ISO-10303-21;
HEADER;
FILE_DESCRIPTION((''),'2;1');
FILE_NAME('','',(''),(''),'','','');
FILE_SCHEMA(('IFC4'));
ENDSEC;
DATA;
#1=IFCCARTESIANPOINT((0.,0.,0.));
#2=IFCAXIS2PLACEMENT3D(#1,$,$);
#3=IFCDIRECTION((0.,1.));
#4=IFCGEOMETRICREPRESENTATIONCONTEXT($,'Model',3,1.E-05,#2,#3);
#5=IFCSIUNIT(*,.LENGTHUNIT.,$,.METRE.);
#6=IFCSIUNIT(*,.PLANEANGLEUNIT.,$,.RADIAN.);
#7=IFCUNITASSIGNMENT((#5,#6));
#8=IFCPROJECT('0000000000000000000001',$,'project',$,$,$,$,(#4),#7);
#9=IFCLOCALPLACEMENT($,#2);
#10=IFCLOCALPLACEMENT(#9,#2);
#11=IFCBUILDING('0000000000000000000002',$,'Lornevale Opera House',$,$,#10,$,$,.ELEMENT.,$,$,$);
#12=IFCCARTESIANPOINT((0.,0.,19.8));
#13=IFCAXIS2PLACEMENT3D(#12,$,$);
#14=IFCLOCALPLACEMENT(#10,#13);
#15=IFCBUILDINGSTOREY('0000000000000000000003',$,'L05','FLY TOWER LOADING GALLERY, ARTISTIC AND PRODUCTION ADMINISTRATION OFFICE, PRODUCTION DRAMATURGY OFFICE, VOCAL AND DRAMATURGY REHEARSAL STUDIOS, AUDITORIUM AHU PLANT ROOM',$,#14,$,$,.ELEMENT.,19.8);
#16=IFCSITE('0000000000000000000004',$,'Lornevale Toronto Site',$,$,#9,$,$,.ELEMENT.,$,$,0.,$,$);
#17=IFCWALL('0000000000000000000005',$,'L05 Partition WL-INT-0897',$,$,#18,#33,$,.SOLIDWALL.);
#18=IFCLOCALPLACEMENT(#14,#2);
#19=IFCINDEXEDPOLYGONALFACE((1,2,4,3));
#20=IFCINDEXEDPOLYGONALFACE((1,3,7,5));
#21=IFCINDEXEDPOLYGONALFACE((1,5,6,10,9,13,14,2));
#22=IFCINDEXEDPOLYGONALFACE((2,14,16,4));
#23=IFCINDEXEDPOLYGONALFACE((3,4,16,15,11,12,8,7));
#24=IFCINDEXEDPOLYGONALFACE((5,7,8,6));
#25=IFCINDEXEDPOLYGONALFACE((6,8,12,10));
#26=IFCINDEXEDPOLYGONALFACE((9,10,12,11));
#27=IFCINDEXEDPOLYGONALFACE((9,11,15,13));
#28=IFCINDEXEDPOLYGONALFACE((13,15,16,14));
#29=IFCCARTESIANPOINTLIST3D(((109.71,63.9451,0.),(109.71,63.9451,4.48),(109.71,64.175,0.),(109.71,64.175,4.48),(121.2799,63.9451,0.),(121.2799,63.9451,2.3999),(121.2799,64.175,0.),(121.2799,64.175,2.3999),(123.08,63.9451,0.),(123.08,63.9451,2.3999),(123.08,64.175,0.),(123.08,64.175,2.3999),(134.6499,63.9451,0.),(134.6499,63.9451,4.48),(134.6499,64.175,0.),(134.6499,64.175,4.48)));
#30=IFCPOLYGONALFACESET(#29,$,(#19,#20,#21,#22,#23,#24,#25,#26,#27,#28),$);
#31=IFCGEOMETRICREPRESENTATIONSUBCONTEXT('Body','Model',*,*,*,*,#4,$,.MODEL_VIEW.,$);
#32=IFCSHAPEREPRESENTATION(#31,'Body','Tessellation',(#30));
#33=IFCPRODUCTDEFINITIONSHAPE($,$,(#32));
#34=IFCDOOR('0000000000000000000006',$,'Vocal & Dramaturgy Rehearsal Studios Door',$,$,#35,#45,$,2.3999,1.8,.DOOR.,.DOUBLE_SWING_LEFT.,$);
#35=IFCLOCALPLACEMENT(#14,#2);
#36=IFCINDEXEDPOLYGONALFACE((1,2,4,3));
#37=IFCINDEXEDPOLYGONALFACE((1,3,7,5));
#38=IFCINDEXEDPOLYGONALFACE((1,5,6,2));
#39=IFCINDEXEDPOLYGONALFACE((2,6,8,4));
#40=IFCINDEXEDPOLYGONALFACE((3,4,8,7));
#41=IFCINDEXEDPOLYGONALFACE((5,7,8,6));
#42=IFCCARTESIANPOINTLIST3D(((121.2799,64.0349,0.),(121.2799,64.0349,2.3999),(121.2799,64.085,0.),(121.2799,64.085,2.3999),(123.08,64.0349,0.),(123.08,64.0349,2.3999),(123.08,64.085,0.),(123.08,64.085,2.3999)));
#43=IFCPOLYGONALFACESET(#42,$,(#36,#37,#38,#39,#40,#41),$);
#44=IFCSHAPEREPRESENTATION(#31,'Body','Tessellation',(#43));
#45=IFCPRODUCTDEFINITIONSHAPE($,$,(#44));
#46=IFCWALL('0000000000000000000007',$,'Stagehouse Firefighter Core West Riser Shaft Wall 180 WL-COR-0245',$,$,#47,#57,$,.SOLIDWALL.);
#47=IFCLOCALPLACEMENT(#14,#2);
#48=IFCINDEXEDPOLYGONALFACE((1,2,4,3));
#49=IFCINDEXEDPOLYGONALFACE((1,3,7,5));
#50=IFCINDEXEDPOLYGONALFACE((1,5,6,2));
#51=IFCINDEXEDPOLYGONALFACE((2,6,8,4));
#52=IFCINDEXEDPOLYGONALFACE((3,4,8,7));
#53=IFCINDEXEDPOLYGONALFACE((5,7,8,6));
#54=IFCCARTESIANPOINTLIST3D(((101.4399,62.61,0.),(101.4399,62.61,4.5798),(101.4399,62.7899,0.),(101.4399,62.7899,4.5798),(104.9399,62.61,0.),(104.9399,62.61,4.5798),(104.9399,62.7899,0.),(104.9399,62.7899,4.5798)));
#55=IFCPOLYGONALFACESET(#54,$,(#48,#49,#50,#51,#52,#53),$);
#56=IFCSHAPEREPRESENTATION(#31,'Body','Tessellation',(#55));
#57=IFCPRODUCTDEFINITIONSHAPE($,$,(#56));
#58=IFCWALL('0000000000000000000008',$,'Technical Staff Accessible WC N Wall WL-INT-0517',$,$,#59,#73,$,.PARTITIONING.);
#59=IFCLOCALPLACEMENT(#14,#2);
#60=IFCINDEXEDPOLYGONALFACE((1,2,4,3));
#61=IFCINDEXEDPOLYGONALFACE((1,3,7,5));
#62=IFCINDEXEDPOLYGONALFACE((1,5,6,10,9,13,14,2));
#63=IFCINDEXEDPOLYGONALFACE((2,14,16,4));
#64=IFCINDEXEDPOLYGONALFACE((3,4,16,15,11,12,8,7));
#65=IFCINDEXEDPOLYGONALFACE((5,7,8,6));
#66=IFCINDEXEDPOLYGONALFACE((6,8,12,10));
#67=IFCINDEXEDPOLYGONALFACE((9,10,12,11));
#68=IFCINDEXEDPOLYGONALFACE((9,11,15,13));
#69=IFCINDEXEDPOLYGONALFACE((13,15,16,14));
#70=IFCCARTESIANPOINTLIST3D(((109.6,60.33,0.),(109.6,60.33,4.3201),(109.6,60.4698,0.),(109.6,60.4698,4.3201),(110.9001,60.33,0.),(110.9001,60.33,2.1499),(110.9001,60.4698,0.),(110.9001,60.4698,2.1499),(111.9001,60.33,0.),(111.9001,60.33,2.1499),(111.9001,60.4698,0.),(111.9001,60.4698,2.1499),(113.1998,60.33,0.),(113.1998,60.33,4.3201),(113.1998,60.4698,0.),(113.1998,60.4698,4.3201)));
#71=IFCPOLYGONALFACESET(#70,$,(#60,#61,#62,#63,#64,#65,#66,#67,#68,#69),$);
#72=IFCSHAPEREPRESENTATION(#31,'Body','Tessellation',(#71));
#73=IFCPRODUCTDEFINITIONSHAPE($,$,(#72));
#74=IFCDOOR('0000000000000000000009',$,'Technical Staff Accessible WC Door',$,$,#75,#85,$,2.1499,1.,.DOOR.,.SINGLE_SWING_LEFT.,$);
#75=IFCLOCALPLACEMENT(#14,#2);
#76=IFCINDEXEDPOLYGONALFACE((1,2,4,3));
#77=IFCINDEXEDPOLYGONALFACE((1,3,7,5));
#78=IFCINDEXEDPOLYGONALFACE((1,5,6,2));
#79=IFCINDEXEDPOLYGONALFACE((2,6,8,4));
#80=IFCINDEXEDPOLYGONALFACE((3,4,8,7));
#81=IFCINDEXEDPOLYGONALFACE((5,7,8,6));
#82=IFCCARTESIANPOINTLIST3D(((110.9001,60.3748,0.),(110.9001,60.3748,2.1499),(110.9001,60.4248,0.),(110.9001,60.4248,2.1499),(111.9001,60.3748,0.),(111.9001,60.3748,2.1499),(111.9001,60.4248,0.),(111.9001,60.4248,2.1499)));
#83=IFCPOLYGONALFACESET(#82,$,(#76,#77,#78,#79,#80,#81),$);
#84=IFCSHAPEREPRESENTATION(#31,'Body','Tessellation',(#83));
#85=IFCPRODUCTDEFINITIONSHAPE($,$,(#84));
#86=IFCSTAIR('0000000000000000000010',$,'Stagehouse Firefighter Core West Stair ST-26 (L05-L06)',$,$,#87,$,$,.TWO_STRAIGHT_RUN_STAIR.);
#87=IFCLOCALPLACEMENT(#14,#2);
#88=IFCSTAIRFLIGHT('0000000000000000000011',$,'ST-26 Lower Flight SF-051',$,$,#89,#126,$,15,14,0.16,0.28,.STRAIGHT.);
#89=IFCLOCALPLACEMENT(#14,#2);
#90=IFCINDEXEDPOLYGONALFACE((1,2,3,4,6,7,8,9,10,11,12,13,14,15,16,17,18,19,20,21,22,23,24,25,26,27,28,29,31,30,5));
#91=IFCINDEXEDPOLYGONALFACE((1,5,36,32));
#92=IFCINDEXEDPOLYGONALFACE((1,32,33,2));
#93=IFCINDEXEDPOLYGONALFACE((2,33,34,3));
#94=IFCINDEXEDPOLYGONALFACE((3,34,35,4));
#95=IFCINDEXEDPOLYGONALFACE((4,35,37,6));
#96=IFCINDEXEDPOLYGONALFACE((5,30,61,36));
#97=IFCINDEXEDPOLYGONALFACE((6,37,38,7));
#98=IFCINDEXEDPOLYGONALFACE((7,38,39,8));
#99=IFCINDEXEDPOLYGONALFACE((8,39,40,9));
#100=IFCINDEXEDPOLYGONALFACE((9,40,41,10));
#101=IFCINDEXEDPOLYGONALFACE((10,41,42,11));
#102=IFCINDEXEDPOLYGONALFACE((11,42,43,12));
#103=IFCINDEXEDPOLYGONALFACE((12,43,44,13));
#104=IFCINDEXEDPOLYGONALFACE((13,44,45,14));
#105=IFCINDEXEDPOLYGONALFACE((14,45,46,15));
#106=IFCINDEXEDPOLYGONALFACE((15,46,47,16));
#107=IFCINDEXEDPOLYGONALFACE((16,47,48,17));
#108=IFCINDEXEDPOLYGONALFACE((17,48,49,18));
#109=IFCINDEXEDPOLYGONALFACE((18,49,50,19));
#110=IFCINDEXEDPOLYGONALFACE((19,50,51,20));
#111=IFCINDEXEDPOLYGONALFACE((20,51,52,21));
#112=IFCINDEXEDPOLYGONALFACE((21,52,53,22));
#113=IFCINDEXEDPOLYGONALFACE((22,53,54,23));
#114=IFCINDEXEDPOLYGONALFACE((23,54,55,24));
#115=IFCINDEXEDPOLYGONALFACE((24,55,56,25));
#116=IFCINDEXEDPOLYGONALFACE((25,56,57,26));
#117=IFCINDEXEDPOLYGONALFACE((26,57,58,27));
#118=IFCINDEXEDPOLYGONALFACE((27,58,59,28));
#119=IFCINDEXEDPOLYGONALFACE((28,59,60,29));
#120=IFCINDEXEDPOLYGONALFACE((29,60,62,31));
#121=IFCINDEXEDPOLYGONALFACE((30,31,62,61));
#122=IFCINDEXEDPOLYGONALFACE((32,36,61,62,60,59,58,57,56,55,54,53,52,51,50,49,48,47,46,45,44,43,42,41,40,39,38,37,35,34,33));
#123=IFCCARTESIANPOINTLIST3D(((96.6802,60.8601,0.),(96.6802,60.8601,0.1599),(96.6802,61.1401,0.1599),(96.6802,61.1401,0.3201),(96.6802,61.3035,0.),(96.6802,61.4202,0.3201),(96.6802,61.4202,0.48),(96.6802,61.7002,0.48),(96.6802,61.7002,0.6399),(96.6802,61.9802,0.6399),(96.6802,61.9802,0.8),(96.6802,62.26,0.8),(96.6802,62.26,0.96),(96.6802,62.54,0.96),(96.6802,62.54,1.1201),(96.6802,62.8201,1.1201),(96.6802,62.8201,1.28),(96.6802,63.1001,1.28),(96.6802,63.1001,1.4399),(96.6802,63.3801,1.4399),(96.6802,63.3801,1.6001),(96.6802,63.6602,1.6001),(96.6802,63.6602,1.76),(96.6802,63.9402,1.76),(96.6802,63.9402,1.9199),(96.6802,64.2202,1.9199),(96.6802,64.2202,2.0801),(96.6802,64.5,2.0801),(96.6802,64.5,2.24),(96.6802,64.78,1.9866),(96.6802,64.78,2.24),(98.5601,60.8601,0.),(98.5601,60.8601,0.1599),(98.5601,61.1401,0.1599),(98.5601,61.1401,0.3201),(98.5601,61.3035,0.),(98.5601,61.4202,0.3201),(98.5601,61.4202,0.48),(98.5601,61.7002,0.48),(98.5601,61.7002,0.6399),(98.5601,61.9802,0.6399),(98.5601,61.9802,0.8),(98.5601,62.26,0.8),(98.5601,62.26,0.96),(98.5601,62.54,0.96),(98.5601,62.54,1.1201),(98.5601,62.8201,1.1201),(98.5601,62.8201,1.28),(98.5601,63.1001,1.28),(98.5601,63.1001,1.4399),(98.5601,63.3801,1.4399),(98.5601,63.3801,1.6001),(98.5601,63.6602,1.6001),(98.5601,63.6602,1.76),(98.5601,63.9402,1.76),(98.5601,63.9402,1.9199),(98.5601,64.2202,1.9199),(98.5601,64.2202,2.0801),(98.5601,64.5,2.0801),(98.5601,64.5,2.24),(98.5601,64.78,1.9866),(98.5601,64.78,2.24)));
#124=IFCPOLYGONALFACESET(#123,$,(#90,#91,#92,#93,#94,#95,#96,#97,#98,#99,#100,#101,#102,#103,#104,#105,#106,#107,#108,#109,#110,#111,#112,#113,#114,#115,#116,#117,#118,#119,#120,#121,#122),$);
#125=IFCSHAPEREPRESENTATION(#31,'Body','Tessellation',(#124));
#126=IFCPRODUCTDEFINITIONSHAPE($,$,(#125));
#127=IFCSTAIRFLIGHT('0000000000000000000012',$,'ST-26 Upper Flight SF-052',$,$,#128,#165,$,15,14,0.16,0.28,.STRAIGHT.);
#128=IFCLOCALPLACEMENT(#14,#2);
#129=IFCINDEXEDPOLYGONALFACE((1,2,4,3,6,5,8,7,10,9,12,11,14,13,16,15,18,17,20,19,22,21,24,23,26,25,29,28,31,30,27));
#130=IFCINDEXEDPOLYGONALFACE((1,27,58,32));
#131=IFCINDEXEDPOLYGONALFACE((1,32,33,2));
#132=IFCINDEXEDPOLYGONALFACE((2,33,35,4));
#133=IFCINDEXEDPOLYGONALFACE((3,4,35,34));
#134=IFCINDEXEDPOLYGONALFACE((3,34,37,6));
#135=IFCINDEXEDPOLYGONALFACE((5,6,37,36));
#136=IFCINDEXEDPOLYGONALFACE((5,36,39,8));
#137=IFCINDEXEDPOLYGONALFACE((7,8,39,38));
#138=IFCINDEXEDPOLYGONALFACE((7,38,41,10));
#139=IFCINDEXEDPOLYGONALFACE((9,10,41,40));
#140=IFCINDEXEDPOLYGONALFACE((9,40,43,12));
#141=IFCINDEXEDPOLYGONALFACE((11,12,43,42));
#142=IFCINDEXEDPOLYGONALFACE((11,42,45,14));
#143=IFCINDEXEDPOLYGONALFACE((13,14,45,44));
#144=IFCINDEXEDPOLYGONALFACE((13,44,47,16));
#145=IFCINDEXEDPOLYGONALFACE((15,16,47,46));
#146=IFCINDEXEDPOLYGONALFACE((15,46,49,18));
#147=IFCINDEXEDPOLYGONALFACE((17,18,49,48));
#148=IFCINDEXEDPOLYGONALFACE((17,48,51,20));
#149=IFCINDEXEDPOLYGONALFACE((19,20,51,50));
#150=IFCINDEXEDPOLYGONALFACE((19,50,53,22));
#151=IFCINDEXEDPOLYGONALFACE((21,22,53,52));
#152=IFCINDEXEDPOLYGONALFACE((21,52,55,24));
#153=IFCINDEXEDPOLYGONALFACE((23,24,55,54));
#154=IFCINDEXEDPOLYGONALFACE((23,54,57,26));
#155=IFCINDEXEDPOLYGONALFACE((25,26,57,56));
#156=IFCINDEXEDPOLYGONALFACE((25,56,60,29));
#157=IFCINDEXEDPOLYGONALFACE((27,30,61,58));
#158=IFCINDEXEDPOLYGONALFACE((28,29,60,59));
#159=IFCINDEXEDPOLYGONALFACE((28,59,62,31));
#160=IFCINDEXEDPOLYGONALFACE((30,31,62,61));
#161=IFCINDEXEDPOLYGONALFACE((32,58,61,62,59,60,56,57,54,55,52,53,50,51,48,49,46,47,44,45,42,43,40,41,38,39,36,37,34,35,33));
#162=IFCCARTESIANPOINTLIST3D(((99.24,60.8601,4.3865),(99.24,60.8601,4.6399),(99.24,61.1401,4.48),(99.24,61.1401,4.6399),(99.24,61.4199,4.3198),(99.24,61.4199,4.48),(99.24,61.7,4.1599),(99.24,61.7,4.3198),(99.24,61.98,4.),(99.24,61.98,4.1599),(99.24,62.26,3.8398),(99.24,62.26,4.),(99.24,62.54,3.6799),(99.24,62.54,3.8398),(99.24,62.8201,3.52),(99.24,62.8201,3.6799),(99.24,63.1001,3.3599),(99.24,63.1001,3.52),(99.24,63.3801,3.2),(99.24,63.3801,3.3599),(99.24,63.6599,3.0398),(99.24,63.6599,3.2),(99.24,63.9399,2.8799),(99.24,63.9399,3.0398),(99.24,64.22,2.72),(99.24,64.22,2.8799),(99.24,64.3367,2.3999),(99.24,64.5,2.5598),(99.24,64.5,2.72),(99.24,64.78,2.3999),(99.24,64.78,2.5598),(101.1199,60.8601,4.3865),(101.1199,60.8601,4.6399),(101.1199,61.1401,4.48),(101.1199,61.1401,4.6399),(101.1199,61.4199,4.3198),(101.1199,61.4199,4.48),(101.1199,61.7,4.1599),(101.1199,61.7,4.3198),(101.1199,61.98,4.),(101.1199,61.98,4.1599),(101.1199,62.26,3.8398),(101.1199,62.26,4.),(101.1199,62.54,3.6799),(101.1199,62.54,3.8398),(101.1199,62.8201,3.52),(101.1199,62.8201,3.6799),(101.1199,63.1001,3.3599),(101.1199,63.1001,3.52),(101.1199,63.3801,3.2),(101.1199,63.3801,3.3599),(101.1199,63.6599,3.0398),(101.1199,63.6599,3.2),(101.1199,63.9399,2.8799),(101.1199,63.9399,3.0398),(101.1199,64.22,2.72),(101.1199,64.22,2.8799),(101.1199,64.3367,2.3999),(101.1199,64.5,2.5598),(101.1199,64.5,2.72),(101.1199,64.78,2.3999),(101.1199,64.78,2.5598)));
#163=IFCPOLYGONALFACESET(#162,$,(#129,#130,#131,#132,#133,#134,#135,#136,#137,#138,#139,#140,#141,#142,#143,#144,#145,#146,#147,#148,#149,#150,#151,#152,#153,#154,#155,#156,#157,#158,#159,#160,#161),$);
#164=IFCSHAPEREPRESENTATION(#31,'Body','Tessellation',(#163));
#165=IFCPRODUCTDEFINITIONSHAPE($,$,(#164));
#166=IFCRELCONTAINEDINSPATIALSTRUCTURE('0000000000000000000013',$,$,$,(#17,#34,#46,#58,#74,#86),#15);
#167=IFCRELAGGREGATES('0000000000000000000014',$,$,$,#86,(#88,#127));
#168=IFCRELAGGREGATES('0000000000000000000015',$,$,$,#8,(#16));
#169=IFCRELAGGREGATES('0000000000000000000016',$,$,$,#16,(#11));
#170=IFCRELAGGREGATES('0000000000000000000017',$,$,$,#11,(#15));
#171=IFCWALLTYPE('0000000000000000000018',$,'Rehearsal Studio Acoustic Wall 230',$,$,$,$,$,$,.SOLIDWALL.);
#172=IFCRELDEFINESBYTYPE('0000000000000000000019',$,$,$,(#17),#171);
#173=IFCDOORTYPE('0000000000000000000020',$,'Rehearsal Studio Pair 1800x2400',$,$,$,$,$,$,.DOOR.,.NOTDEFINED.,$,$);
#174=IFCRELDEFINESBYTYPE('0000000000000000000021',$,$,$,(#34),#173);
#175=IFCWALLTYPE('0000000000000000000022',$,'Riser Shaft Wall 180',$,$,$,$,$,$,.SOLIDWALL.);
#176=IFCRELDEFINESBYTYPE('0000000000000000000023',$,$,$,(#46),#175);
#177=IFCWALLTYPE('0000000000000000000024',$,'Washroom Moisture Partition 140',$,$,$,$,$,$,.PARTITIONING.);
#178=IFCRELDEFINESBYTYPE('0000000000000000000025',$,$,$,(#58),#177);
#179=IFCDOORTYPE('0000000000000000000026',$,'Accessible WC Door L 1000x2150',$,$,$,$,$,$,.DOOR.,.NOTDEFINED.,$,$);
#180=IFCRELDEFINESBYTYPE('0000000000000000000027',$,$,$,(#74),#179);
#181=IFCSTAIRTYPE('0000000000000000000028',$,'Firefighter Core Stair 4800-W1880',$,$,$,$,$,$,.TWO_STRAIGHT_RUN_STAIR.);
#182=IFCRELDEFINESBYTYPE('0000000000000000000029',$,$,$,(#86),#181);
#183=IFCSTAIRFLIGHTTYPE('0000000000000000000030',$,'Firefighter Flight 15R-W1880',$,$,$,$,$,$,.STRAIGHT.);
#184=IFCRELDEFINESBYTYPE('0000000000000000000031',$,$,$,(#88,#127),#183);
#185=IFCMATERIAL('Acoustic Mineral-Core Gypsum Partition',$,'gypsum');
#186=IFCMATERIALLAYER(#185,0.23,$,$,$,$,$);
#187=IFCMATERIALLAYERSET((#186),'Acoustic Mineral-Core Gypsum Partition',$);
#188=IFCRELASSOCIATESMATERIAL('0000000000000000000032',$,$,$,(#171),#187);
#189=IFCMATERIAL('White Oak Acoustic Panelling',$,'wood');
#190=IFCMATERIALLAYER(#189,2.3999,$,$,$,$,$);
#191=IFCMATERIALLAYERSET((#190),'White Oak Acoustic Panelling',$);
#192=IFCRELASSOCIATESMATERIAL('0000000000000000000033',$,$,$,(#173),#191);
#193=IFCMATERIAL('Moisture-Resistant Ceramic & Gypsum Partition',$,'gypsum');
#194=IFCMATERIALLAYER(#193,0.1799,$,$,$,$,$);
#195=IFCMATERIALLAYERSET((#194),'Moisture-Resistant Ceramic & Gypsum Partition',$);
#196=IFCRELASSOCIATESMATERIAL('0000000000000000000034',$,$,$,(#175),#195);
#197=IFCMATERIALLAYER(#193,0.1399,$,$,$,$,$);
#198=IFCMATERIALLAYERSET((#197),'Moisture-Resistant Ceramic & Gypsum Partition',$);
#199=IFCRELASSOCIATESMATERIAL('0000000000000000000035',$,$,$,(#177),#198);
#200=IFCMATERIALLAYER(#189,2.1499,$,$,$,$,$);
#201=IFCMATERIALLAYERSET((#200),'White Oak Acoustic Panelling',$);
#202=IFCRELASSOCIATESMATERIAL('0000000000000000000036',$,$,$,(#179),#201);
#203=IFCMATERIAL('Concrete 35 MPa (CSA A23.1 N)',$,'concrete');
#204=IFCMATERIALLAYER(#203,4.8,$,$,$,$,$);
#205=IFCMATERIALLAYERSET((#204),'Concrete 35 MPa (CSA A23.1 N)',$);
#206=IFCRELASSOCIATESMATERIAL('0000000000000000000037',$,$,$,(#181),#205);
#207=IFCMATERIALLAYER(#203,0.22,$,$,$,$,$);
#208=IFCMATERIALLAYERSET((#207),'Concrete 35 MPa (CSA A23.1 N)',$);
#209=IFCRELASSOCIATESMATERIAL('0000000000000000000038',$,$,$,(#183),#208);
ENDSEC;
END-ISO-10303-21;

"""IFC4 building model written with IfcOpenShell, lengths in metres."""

from ifc_helpers import new_model, si_unit, direction, frame, frame_2d, origin, place, context, subcontext, project, spatial, polyline, rectangle, outline, extrude, material, layer, layer_set, type_object, element, fill, aggregate, save


model = new_model("IFC4")

# Units and contexts
model_context = context("Model", 3, precision=1e-05, world=origin(), true_north=direction((0.0, 1.0)))
body_context = subcontext(model_context, "Body", "Model", "MODEL_VIEW")
ifc_project = project(units=[si_unit("LENGTHUNIT", "METRE"), si_unit("PLANEANGLEUNIT", "RADIAN")], contexts=[model_context])

# Site, building, storey
site_placement = place(None, origin())
site = spatial("IfcSite", under=ifc_project, at=site_placement, Name="Lornevale Toronto Site", CompositionType="ELEMENT", RefElevation=0.0)
building_placement = place(site_placement, origin())
building = spatial("IfcBuilding", under=site, at=building_placement, Name="Lornevale Opera House", CompositionType="ELEMENT")
storey_placement = place(building_placement, frame((0.0, 0.0, 19.8)))
storey = spatial("IfcBuildingStorey", under=building, at=storey_placement, Name="L05", Description="FLY TOWER LOADING GALLERY, ARTISTIC AND PRODUCTION ADMINISTRATION OFFICE, PRODUCTION DRAMATURGY OFFICE, VOCAL AND DRAMATURGY REHEARSAL STUDIOS, AUDITORIUM AHU PLANT ROOM", CompositionType="ELEMENT", Elevation=19.8)

# Shared definitions
ifc_material_1 = material(Name="Acoustic Mineral-Core Gypsum Partition", Category="gypsum")
ifc_layer_1 = layer(ifc_material_1, 0.23)
ifc_layer_set_1 = layer_set([ifc_layer_1], Name="Acoustic Mineral-Core Gypsum Partition")
wall_type_1 = type_object("IfcWallType", Name="Rehearsal Studio Acoustic Wall 230", PredefinedType="SOLIDWALL", material=ifc_layer_set_1)

# Wall, opening, door
wall_1_placement = place(storey_placement, frame((109.71, 64.0601, 0.0), z_axis=(0.0, 0.0, 1.0), x_axis=(1.0, 0.0, 0.0)))
wall_1 = element("IfcWall", 1, at=wall_1_placement, inside=storey, type_object=wall_type_1, Name="L05 Partition WL-INT-0897", PredefinedType="SOLIDWALL", context=body_context, shape_type="SweptSolid", body=[
    extrude(rectangle(XDim=24.9399, YDim=0.23, at=frame_2d((12.47, 0.0))), origin(), (0.0, 0.0, 1.0), 4.48),
])
opening_1_placement = place(wall_1_placement, frame((11.5701, 0.0, 0.0)))
opening_1 = element("IfcOpeningElement", 2, at=opening_1_placement, cuts=wall_1, PredefinedType="OPENING", context=body_context, shape_type="SweptSolid", body=[
    extrude(rectangle(XDim=1.8, YDim=2.3999, at=frame_2d((0.8999, 1.2))), frame((0.0, 0.125, 0.0), z_axis=(0.0, -1.0, 0.0), x_axis=(1.0, 0.0, 0.0)), (0.0, 0.0, 1.0), 0.25),
])
ifc_material_2 = material(Name="White Oak Acoustic Panelling", Category="wood")
ifc_layer_2 = layer(ifc_material_2, 2.3999)
ifc_layer_set_2 = layer_set([ifc_layer_2], Name="White Oak Acoustic Panelling")
door_type_1 = type_object("IfcDoorType", Name="Rehearsal Studio Pair 1800x2400", OperationType="NOTDEFINED", PredefinedType="DOOR", material=ifc_layer_set_2)
door_1_placement = place(opening_1_placement, origin())
door_1 = element("IfcDoor", 3, at=door_1_placement, inside=storey, type_object=door_type_1, Name="Vocal & Dramaturgy Rehearsal Studios Door", OperationType="DOUBLE_SWING_LEFT", OverallHeight=2.3999, OverallWidth=1.8, PredefinedType="DOOR", context=body_context, shape_type="SweptSolid", body=[
    extrude(rectangle(XDim=1.8, YDim=2.3999, at=frame_2d((0.8999, 1.2))), frame((0.0, 0.0249, 0.0), z_axis=(0.0, -1.0, 0.0), x_axis=(1.0, 0.0, 0.0)), (0.0, 0.0, 1.0), 0.05),
])
fill(opening_1, door_1)

# Wall
ifc_material_3 = material(Name="Moisture-Resistant Ceramic & Gypsum Partition", Category="gypsum")
ifc_layer_3 = layer(ifc_material_3, 0.1799)
ifc_layer_set_3 = layer_set([ifc_layer_3], Name="Moisture-Resistant Ceramic & Gypsum Partition")
wall_type_2 = type_object("IfcWallType", Name="Riser Shaft Wall 180", PredefinedType="SOLIDWALL", material=ifc_layer_set_3)
wall_2_placement = place(storey_placement, frame((101.4399, 62.7, 0.0), z_axis=(0.0, 0.0, 1.0), x_axis=(1.0, 0.0, 0.0)))
element("IfcWall", 4, at=wall_2_placement, inside=storey, type_object=wall_type_2, Name="Stagehouse Firefighter Core West Riser Shaft Wall 180 WL-COR-0245", PredefinedType="SOLIDWALL", context=body_context, shape_type="SweptSolid", body=[
    extrude(rectangle(XDim=3.5, YDim=0.1799, at=frame_2d((1.75, 0.0))), origin(), (0.0, 0.0, 1.0), 4.5798),
])

# Wall, opening, door
ifc_layer_4 = layer(ifc_material_3, 0.1399)
ifc_layer_set_4 = layer_set([ifc_layer_4], Name="Moisture-Resistant Ceramic & Gypsum Partition")
wall_type_3 = type_object("IfcWallType", Name="Washroom Moisture Partition 140", PredefinedType="PARTITIONING", material=ifc_layer_set_4)
wall_3_placement = place(storey_placement, frame((109.6001, 60.3999, 0.0), z_axis=(0.0, 0.0, 1.0), x_axis=(1.0, 0.0, 0.0)))
wall_3 = element("IfcWall", 5, at=wall_3_placement, inside=storey, type_object=wall_type_3, Name="Technical Staff Accessible WC N Wall WL-INT-0517", PredefinedType="PARTITIONING", context=body_context, shape_type="SweptSolid", body=[
    extrude(rectangle(XDim=3.5999, YDim=0.1399, at=frame_2d((1.7998, 0.0))), origin(), (0.0, 0.0, 1.0), 4.3201),
])
opening_2_placement = place(wall_3_placement, frame((1.3, 0.0, 0.0)))
opening_2 = element("IfcOpeningElement", 6, at=opening_2_placement, cuts=wall_3, PredefinedType="OPENING", context=body_context, shape_type="SweptSolid", body=[
    extrude(rectangle(XDim=1.0, YDim=2.1499, at=frame_2d((0.5, 1.075))), frame((0.0, 0.0798, 0.0), z_axis=(0.0, -1.0, 0.0), x_axis=(1.0, 0.0, 0.0)), (0.0, 0.0, 1.0), 0.1599),
])
ifc_layer_5 = layer(ifc_material_2, 2.1499)
ifc_layer_set_5 = layer_set([ifc_layer_5], Name="White Oak Acoustic Panelling")
door_type_2 = type_object("IfcDoorType", Name="Accessible WC Door L 1000x2150", OperationType="NOTDEFINED", PredefinedType="DOOR", material=ifc_layer_set_5)
door_2_placement = place(opening_2_placement, origin())
door_2 = element("IfcDoor", 7, at=door_2_placement, inside=storey, type_object=door_type_2, Name="Technical Staff Accessible WC Door", OperationType="SINGLE_SWING_LEFT", OverallHeight=2.1499, OverallWidth=1.0, PredefinedType="DOOR", context=body_context, shape_type="SweptSolid", body=[
    extrude(rectangle(XDim=1.0, YDim=2.1499, at=frame_2d((0.5, 1.075))), frame((0.0, 0.0249, 0.0), z_axis=(0.0, -1.0, 0.0), x_axis=(1.0, 0.0, 0.0)), (0.0, 0.0, 1.0), 0.05),
])
fill(opening_2, door_2)

# Stair, stair flights
ifc_material_4 = material(Name="Concrete 35 MPa (CSA A23.1 N)", Category="concrete")
ifc_layer_6 = layer(ifc_material_4, 4.8)
ifc_layer_set_6 = layer_set([ifc_layer_6], Name="Concrete 35 MPa (CSA A23.1 N)")
stair_type = type_object("IfcStairType", Name="Firefighter Core Stair 4800-W1880", PredefinedType="TWO_STRAIGHT_RUN_STAIR", material=ifc_layer_set_6)
stair_placement = place(storey_placement, origin())
stair = element("IfcStair", 8, at=stair_placement, inside=storey, type_object=stair_type, Name="Stagehouse Firefighter Core West Stair ST-26 (L05-L06)", PredefinedType="TWO_STRAIGHT_RUN_STAIR")
ifc_layer_7 = layer(ifc_material_4, 0.22)
ifc_layer_set_7 = layer_set([ifc_layer_7], Name="Concrete 35 MPa (CSA A23.1 N)")
stair_flight_type = type_object("IfcStairFlightType", Name="Firefighter Flight 15R-W1880", PredefinedType="STRAIGHT", material=ifc_layer_set_7)
stair_flight_1_placement = place(storey_placement, frame((97.6201, 60.8601, 0.0), z_axis=(0.0, 0.0, 1.0), x_axis=(0.0, 1.0, 0.0)))
stair_flight_1 = element("IfcStairFlight", 9, at=stair_flight_1_placement, type_object=stair_flight_type, Name="ST-26 Lower Flight SF-051", NumberOfRisers=15, NumberOfTreads=14, PredefinedType="STRAIGHT", RiserHeight=0.16, TreadLength=0.28, context=body_context, shape_type="SweptSolid", body=[
    extrude(outline(polyline([(0.0, 0.0), (0.0, 0.1599), (0.28, 0.1599), (0.28, 0.3201), (0.5601, 0.3201), (0.5601, 0.48), (0.8401, 0.48), (0.8401, 0.6399), (1.1201, 0.6399), (1.1201, 0.8), (1.3999, 0.8), (1.3999, 0.96), (1.6799, 0.96), (1.6799, 1.1201), (1.96, 1.1201), (1.96, 1.28), (2.24, 1.28), (2.24, 1.4399), (2.52, 1.4399), (2.52, 1.6001), (2.8, 1.6001), (2.8, 1.76), (3.0801, 1.76), (3.0801, 1.9199), (3.3601, 1.9199), (3.3601, 2.0801), (3.6399, 2.0801), (3.6399, 2.24), (3.9199, 2.24), (3.9199, 1.9866), (0.4434, 0.0), (0.0, 0.0)])), frame((0.0, 0.9399, 0.0), z_axis=(0.0, -1.0, 0.0), x_axis=(1.0, 0.0, 0.0)), (0.0, 0.0, 1.0), 1.8799),
])
stair_flight_2_placement = place(storey_placement, frame((100.1799, 64.78, 2.3999), z_axis=(0.0, 0.0, 1.0), x_axis=(0.0, -1.0, 0.0)))
stair_flight_2 = element("IfcStairFlight", 10, at=stair_flight_2_placement, type_object=stair_flight_type, Name="ST-26 Upper Flight SF-052", NumberOfRisers=15, NumberOfTreads=14, PredefinedType="STRAIGHT", RiserHeight=0.16, TreadLength=0.28, context=body_context, shape_type="SweptSolid", body=[
    extrude(outline(polyline([(0.0, 0.0), (0.0, 0.1599), (0.28, 0.1599), (0.28, 0.3201), (0.5601, 0.3201), (0.5601, 0.48), (0.8401, 0.48), (0.8401, 0.6399), (1.1201, 0.6399), (1.1201, 0.8), (1.3999, 0.8), (1.3999, 0.96), (1.6799, 0.96), (1.6799, 1.1201), (1.96, 1.1201), (1.96, 1.28), (2.24, 1.28), (2.24, 1.4399), (2.52, 1.4399), (2.52, 1.6001), (2.8, 1.6001), (2.8, 1.76), (3.0801, 1.76), (3.0801, 1.9199), (3.3601, 1.9199), (3.3601, 2.0801), (3.6399, 2.0801), (3.6399, 2.24), (3.9199, 2.24), (3.9199, 1.9866), (0.4434, 0.0), (0.0, 0.0)])), frame((0.0, 0.9399, 0.0), z_axis=(0.0, -1.0, 0.0), x_axis=(1.0, 0.0, 0.0)), (0.0, 0.0, 1.0), 1.8799),
])
aggregate(stair, [stair_flight_1, stair_flight_2])

save(model, "model.ifc")
